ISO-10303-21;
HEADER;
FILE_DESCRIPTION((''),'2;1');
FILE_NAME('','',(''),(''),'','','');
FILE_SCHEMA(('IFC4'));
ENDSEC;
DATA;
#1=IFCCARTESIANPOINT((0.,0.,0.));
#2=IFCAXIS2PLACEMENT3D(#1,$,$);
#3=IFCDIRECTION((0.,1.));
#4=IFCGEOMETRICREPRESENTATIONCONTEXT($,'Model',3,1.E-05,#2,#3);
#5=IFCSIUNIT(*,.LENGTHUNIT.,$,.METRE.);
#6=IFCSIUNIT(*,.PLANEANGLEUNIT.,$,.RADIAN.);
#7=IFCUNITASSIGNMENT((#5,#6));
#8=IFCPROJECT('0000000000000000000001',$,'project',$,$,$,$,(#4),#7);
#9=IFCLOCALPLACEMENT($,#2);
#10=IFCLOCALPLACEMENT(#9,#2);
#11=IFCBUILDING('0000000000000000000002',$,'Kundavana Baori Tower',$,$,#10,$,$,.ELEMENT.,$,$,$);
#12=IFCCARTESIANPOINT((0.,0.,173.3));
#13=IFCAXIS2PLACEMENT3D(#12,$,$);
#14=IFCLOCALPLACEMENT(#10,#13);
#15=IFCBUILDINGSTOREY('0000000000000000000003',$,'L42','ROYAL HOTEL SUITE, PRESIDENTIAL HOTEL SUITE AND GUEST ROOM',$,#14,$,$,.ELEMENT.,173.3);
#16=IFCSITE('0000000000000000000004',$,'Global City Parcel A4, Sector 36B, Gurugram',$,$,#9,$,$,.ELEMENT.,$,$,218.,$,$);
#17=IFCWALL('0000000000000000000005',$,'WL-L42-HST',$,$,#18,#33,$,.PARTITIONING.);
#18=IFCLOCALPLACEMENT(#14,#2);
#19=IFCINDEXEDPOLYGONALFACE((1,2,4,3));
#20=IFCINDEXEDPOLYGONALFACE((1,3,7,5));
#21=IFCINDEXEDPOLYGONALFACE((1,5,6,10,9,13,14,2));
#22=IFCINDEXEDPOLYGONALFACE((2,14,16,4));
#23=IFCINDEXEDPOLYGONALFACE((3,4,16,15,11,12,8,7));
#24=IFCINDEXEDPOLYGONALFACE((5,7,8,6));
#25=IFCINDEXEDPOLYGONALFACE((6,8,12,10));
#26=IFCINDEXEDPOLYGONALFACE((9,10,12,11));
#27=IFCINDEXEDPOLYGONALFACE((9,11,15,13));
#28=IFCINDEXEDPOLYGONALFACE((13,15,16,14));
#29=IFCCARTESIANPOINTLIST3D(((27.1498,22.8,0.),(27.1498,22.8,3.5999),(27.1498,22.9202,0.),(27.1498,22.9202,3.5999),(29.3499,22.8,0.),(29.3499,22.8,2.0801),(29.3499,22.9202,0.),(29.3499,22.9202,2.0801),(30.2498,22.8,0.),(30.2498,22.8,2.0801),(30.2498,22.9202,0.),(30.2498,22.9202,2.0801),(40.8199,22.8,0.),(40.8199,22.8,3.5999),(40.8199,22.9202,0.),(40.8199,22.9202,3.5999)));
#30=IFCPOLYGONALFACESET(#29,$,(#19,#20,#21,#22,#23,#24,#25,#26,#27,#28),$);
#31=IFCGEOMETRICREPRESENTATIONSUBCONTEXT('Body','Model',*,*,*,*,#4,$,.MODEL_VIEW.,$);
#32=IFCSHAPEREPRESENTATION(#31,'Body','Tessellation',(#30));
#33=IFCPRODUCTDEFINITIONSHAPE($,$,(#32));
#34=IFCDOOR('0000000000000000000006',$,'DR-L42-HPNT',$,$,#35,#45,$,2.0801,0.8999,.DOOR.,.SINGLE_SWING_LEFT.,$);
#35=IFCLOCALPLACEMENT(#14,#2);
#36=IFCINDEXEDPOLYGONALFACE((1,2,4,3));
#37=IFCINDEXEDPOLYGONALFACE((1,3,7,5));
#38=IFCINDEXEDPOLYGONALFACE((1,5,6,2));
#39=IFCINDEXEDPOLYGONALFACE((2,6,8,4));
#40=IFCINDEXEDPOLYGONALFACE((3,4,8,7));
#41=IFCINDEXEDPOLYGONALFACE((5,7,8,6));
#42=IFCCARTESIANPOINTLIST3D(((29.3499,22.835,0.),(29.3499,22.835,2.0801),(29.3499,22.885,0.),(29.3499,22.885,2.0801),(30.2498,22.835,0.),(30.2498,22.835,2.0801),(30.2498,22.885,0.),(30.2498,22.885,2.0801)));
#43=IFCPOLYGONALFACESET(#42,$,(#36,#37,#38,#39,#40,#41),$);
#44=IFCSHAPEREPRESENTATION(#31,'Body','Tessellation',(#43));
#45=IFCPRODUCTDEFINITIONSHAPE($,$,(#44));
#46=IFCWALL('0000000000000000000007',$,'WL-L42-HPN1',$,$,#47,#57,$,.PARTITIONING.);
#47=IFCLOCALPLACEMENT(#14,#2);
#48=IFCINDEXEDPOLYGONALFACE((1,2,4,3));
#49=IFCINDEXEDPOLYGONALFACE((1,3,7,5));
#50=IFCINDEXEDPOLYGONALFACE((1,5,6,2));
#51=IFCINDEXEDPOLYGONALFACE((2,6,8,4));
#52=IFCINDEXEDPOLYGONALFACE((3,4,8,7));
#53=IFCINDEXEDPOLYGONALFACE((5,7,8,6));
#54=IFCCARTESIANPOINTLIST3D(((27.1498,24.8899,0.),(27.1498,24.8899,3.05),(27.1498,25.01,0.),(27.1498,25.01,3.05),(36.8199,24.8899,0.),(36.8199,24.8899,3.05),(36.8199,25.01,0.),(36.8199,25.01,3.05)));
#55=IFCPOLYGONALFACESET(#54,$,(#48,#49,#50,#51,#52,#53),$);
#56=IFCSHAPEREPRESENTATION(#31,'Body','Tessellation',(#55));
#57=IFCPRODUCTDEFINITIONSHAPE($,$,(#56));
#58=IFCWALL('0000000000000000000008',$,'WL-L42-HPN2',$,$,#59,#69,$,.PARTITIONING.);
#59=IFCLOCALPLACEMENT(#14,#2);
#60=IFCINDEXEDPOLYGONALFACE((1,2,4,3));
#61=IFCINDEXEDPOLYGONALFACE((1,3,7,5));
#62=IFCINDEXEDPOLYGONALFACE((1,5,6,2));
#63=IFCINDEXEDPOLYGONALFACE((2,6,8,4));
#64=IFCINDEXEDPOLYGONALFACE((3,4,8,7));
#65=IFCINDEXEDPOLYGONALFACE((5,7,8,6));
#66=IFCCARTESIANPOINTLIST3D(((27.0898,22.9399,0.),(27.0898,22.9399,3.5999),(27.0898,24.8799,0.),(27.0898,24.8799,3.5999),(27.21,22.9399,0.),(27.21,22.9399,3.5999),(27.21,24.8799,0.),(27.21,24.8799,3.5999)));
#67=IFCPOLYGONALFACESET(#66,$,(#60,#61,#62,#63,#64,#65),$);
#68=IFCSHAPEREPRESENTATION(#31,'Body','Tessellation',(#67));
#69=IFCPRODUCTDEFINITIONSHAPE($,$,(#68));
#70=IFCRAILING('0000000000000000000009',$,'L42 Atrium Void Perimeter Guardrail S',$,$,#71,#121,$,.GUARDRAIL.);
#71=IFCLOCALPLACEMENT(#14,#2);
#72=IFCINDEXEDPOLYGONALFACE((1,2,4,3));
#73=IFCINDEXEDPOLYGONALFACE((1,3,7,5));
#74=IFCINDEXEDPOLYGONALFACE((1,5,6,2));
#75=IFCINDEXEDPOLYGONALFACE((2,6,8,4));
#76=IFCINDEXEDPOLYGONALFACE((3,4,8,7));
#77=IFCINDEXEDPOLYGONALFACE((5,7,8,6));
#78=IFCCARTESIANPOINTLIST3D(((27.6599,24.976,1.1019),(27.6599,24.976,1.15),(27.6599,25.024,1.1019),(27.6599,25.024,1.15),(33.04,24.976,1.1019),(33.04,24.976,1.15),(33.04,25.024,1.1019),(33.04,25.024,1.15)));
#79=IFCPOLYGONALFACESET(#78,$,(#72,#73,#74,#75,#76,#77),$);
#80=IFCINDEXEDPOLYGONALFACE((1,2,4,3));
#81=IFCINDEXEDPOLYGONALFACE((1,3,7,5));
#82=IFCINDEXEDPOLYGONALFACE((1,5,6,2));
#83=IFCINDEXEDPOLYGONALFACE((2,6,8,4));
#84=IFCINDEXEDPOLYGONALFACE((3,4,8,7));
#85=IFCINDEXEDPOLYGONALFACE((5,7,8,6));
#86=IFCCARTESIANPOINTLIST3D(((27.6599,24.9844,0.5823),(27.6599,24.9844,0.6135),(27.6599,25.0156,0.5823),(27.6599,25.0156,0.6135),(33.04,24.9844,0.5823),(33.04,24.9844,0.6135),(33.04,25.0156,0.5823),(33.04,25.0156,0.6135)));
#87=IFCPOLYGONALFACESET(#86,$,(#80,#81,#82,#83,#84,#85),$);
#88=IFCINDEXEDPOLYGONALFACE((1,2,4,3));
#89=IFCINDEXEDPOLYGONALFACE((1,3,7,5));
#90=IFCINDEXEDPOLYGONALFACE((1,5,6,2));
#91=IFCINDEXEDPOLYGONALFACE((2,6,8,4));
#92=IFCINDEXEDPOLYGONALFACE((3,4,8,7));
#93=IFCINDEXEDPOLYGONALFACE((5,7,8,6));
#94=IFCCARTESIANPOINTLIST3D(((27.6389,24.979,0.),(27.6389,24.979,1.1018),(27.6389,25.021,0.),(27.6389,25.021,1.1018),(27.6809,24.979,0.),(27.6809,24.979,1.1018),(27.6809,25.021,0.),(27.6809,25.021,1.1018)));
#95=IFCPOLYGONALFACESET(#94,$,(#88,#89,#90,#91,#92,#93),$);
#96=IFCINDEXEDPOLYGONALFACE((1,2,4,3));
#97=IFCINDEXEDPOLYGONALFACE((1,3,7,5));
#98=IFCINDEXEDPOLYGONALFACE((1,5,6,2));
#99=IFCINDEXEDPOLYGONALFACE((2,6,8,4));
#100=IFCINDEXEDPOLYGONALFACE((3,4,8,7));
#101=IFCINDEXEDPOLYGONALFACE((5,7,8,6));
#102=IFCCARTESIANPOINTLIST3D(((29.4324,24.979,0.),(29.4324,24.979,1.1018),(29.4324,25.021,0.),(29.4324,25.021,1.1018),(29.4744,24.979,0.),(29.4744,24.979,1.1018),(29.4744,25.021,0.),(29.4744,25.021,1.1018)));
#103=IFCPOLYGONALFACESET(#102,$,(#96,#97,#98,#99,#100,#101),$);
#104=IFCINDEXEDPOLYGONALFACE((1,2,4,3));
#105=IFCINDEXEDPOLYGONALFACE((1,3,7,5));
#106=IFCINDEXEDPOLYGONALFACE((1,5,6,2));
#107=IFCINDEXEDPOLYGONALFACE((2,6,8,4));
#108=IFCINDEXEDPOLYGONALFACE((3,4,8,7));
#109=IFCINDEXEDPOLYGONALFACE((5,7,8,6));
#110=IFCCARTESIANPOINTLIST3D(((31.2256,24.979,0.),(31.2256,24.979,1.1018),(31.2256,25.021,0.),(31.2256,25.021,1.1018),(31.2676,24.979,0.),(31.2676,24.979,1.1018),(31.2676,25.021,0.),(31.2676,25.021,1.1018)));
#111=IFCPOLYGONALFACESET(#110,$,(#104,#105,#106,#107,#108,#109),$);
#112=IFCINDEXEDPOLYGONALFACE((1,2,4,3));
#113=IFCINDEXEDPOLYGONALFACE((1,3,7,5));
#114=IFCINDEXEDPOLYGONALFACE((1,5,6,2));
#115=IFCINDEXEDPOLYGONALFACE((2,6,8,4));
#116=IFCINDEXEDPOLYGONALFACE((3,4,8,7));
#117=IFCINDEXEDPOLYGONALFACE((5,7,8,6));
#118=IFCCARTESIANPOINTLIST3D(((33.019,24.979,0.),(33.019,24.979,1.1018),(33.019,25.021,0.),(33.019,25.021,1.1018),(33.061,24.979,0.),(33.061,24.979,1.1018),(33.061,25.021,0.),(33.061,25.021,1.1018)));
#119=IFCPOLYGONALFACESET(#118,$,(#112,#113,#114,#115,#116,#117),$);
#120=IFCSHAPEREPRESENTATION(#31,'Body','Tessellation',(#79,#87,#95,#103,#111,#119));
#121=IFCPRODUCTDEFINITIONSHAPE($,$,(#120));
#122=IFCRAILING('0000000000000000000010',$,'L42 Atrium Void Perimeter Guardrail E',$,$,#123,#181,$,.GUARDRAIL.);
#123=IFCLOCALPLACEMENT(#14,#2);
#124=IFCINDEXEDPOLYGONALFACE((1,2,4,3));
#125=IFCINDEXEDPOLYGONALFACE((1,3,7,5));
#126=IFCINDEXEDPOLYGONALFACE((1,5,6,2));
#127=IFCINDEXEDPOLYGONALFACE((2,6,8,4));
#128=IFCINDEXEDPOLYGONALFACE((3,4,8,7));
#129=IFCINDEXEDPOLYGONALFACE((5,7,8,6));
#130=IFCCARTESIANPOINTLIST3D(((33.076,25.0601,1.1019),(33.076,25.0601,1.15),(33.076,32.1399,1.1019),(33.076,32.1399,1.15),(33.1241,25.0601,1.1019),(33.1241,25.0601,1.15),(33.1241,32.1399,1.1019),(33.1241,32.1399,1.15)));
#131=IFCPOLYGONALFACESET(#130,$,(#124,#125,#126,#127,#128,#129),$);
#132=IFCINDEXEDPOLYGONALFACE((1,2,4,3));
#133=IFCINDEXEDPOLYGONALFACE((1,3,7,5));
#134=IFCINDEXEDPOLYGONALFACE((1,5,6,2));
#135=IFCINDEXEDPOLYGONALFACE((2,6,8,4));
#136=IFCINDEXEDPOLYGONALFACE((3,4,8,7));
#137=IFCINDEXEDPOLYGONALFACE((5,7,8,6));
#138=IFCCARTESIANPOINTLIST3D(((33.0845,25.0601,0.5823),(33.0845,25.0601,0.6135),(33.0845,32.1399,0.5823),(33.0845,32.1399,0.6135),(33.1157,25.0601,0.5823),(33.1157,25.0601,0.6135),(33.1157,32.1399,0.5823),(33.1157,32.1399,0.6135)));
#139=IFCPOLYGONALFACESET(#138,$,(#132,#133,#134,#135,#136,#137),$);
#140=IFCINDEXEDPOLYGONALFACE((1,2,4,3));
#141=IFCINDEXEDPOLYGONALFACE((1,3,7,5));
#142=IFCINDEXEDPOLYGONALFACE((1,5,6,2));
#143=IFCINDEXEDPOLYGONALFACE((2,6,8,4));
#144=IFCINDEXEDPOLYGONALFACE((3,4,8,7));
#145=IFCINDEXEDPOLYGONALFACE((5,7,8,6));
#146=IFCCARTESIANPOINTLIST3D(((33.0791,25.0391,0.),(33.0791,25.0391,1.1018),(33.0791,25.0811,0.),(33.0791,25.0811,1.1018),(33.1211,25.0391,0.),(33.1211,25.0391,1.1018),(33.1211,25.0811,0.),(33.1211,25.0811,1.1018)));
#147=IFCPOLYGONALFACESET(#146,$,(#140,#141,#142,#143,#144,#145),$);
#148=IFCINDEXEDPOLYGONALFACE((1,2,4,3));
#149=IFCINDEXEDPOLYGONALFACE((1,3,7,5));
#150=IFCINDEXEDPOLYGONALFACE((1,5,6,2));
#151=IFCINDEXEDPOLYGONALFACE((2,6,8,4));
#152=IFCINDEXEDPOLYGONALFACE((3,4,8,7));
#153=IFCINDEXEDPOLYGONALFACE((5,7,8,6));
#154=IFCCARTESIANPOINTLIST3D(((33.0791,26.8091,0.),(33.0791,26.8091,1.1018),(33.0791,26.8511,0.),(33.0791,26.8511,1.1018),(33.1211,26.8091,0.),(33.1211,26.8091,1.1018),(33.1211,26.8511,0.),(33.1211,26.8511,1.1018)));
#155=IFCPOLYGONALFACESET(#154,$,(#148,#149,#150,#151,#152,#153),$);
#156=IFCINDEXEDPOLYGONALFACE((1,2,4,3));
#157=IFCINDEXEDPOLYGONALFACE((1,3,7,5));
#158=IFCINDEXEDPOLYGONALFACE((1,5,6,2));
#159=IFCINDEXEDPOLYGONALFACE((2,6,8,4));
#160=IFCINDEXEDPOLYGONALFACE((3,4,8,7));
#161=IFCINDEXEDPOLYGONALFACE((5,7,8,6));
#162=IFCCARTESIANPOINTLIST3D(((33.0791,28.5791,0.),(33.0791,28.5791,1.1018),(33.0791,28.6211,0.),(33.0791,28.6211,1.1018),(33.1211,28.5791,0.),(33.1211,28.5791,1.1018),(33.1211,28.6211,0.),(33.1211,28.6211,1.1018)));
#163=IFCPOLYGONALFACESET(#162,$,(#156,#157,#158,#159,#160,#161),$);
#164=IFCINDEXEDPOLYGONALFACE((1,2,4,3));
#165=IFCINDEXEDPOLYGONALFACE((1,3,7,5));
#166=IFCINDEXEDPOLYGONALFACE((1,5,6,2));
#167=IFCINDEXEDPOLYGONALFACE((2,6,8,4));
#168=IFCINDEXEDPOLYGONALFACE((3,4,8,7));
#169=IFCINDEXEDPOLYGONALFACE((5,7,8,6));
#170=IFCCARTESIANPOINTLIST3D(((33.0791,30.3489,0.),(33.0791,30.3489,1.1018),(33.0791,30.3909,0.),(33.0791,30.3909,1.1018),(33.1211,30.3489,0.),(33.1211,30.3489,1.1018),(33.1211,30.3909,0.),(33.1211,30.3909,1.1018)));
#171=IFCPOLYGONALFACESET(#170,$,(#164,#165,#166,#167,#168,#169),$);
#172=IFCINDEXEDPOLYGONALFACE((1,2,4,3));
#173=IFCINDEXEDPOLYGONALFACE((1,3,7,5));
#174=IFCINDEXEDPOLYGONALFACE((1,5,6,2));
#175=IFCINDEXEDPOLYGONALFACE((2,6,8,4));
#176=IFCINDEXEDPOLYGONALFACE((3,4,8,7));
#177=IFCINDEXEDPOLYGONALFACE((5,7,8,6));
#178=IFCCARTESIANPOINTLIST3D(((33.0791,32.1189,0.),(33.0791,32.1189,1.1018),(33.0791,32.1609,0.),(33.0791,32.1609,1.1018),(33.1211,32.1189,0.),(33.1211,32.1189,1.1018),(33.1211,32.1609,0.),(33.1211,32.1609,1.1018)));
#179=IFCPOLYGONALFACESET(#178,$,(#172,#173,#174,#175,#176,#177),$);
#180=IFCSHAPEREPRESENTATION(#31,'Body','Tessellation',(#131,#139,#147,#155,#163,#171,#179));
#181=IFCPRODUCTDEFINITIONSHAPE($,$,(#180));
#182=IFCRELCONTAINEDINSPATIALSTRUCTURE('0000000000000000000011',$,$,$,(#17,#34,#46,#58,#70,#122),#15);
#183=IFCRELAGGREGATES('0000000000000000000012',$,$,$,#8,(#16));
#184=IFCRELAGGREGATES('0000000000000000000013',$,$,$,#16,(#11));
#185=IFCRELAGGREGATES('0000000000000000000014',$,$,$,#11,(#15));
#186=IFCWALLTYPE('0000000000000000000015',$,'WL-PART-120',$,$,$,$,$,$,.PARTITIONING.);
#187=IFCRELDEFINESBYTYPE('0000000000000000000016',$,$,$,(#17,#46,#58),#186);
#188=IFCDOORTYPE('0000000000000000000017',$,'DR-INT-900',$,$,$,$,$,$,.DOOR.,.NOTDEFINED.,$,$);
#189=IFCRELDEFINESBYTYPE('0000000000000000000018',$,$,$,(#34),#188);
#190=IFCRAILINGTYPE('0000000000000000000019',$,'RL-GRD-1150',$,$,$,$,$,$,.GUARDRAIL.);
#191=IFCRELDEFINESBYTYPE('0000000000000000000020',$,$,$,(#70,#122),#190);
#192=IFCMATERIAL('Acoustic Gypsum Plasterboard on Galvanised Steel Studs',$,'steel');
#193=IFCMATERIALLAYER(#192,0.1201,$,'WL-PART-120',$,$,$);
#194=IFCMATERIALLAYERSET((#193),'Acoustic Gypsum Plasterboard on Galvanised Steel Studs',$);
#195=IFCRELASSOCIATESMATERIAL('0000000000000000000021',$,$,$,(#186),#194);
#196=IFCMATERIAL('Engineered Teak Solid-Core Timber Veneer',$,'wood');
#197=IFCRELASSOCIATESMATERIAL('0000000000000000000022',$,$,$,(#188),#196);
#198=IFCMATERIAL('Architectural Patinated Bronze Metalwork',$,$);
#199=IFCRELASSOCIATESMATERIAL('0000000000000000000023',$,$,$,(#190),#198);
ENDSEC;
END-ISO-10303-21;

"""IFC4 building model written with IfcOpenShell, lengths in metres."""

from ifc_helpers import new_model, si_unit, direction, frame, frame_2d, origin, origin_2d, place, context, subcontext, project, spatial, rectangle, extrude, material, layer, layer_set, type_object, element, fill, save


model = new_model("IFC4")

# Units and contexts
model_context = context("Model", 3, precision=1e-05, world=origin(), true_north=direction((0.0, 1.0)))
body_context = subcontext(model_context, "Body", "Model", "MODEL_VIEW")
ifc_project = project(units=[si_unit("LENGTHUNIT", "METRE"), si_unit("PLANEANGLEUNIT", "RADIAN")], contexts=[model_context])

# Site, building, storey
site_placement = place(None, origin())
site = spatial("IfcSite", under=ifc_project, at=site_placement, Name="Global City Parcel A4, Sector 36B, Gurugram", CompositionType="ELEMENT", RefElevation=218.0)
building_placement = place(site_placement, origin())
building = spatial("IfcBuilding", under=site, at=building_placement, Name="Kundavana Baori Tower", CompositionType="ELEMENT")
storey_placement = place(building_placement, frame((0.0, 0.0, 173.3)))
storey = spatial("IfcBuildingStorey", under=building, at=storey_placement, Name="L42", Description="ROYAL HOTEL SUITE, PRESIDENTIAL HOTEL SUITE AND GUEST ROOM", CompositionType="ELEMENT", Elevation=173.3)

# Shared definitions
ifc_material_1 = material(Name="Acoustic Gypsum Plasterboard on Galvanised Steel Studs", Category="steel")
ifc_layer = layer(ifc_material_1, 0.1201, Name="WL-PART-120")
ifc_layer_set = layer_set([ifc_layer], Name="Acoustic Gypsum Plasterboard on Galvanised Steel Studs")
wall_type = type_object("IfcWallType", Name="WL-PART-120", PredefinedType="PARTITIONING", material=ifc_layer_set)

# Wall, opening, door
wall_1_placement = place(storey_placement, frame((27.1499, 22.8601, 0.0), z_axis=(0.0, 0.0, 1.0), x_axis=(1.0, 0.0, 0.0)))
wall_1 = element("IfcWall", 1, at=wall_1_placement, inside=storey, type_object=wall_type, Name="WL-L42-HST", PredefinedType="PARTITIONING", context=body_context, shape_type="SweptSolid", body=[
    extrude(rectangle(XDim=13.6702, YDim=0.1201, at=frame_2d((6.835, 0.0))), origin(), (0.0, 0.0, 1.0), 3.5999),
])
opening_1_placement = place(wall_1_placement, frame((2.2, 0.0, 0.0)))
opening_1 = element("IfcOpeningElement", 2, at=opening_1_placement, cuts=wall_1, PredefinedType="OPENING", context=body_context, shape_type="SweptSolid", body=[
    extrude(rectangle(XDim=0.8999, YDim=2.0801, at=frame_2d((0.45, 1.04))), frame((0.0, 0.0701, 0.0), z_axis=(0.0, -1.0, 0.0), x_axis=(1.0, 0.0, 0.0)), (0.0, 0.0, 1.0), 0.1401),
])
ifc_material_2 = material(Name="Engineered Teak Solid-Core Timber Veneer", Category="wood")
door_type_1 = type_object("IfcDoorType", Name="DR-INT-900", OperationType="NOTDEFINED", PredefinedType="DOOR", material=ifc_material_2)
door_1_placement = place(opening_1_placement, origin())
door_1 = element("IfcDoor", 3, at=door_1_placement, inside=storey, type_object=door_type_1, Name="DR-L42-HPNT", OperationType="SINGLE_SWING_LEFT", OverallHeight=2.0801, OverallWidth=0.8999, PredefinedType="DOOR", context=body_context, shape_type="SweptSolid", body=[
    extrude(rectangle(XDim=0.8999, YDim=2.0801, at=frame_2d((0.45, 1.04))), frame((0.0, 0.0249, 0.0), z_axis=(0.0, -1.0, 0.0), x_axis=(1.0, 0.0, 0.0)), (0.0, 0.0, 1.0), 0.05),
])
fill(opening_1, door_1)

# Walls
wall_2_placement = place(storey_placement, frame((27.1499, 24.95, 0.0), z_axis=(0.0, 0.0, 1.0), x_axis=(1.0, 0.0, 0.0)))
element("IfcWall", 4, at=wall_2_placement, inside=storey, type_object=wall_type, Name="WL-L42-HPN1", PredefinedType="PARTITIONING", context=body_context, shape_type="SweptSolid", body=[
    extrude(rectangle(XDim=9.6702, YDim=0.1201, at=frame_2d((4.835, 0.0))), origin(), (0.0, 0.0, 1.0), 3.05),
])
wall_3_placement = place(storey_placement, frame((27.1499, 22.9399, 0.0), z_axis=(0.0, 0.0, 1.0), x_axis=(0.0, 1.0, 0.0)))
element("IfcWall", 5, at=wall_3_placement, inside=storey, type_object=wall_type, Name="WL-L42-HPN2", PredefinedType="PARTITIONING", context=body_context, shape_type="SweptSolid", body=[
    extrude(rectangle(XDim=1.9399, YDim=0.1201, at=frame_2d((0.97, 0.0))), origin(), (0.0, 0.0, 1.0), 3.5999),
])

# Railings
ifc_material_3 = material(Name="Architectural Patinated Bronze Metalwork")
railing_type = type_object("IfcRailingType", Name="RL-GRD-1150", PredefinedType="GUARDRAIL", material=ifc_material_3)
railing_1_placement = place(storey_placement, frame((27.6599, 25.0, 0.0)))
element("IfcRailing", 6, at=railing_1_placement, inside=storey, type_object=railing_type, Name="L42 Atrium Void Perimeter Guardrail S", PredefinedType="GUARDRAIL", context=body_context, shape_type="SweptSolid", body=[
    extrude(rectangle(XDim=0.0481, YDim=0.0481, at=origin_2d()), frame((0.0, 0.0, 1.126), z_axis=(1.0, 0.0, 0.0), x_axis=(0.0, 1.0, 0.0)), (0.0, 0.0, 1.0), 5.3801),
    extrude(rectangle(XDim=0.0312, YDim=0.0312, at=origin_2d()), frame((0.0, 0.0, 0.5979), z_axis=(1.0, 0.0, 0.0), x_axis=(0.0, 1.0, 0.0)), (0.0, 0.0, 1.0), 5.3801),
    extrude(rectangle(XDim=0.042, YDim=0.042, at=origin_2d()), origin(), (0.0, 0.0, 1.0), 1.1018),
    extrude(rectangle(XDim=0.042, YDim=0.042, at=origin_2d()), frame((1.7935, 0.0, 0.0)), (0.0, 0.0, 1.0), 1.1018),
    extrude(rectangle(XDim=0.042, YDim=0.042, at=origin_2d()), frame((3.5867, 0.0, 0.0)), (0.0, 0.0, 1.0), 1.1018),
    extrude(rectangle(XDim=0.042, YDim=0.042, at=origin_2d()), frame((5.3801, 0.0, 0.0)), (0.0, 0.0, 1.0), 1.1018),
])
railing_2_placement = place(storey_placement, frame((33.1001, 25.0601, 0.0)))
element("IfcRailing", 7, at=railing_2_placement, inside=storey, type_object=railing_type, Name="L42 Atrium Void Perimeter Guardrail E", PredefinedType="GUARDRAIL", context=body_context, shape_type="SweptSolid", body=[
    extrude(rectangle(XDim=0.0481, YDim=0.0481, at=origin_2d()), frame((0.0, 0.0, 1.126), z_axis=(0.0, 1.0, 0.0), x_axis=(-1.0, 0.0, 0.0)), (0.0, 0.0, 1.0), 7.0798),
    extrude(rectangle(XDim=0.0312, YDim=0.0312, at=origin_2d()), frame((0.0, 0.0, 0.5979), z_axis=(0.0, 1.0, 0.0), x_axis=(-1.0, 0.0, 0.0)), (0.0, 0.0, 1.0), 7.0798),
    extrude(rectangle(XDim=0.042, YDim=0.042, at=origin_2d()), origin(), (0.0, 0.0, 1.0), 1.1018),
    extrude(rectangle(XDim=0.042, YDim=0.042, at=origin_2d()), frame((0.0, 1.77, 0.0)), (0.0, 0.0, 1.0), 1.1018),
    extrude(rectangle(XDim=0.042, YDim=0.042, at=origin_2d()), frame((0.0, 3.54, 0.0)), (0.0, 0.0, 1.0), 1.1018),
    extrude(rectangle(XDim=0.042, YDim=0.042, at=origin_2d()), frame((0.0, 5.3098, 0.0)), (0.0, 0.0, 1.0), 1.1018),
    extrude(rectangle(XDim=0.042, YDim=0.042, at=origin_2d()), frame((0.0, 7.0798, 0.0)), (0.0, 0.0, 1.0), 1.1018),
])

save(model, "model.ifc")
